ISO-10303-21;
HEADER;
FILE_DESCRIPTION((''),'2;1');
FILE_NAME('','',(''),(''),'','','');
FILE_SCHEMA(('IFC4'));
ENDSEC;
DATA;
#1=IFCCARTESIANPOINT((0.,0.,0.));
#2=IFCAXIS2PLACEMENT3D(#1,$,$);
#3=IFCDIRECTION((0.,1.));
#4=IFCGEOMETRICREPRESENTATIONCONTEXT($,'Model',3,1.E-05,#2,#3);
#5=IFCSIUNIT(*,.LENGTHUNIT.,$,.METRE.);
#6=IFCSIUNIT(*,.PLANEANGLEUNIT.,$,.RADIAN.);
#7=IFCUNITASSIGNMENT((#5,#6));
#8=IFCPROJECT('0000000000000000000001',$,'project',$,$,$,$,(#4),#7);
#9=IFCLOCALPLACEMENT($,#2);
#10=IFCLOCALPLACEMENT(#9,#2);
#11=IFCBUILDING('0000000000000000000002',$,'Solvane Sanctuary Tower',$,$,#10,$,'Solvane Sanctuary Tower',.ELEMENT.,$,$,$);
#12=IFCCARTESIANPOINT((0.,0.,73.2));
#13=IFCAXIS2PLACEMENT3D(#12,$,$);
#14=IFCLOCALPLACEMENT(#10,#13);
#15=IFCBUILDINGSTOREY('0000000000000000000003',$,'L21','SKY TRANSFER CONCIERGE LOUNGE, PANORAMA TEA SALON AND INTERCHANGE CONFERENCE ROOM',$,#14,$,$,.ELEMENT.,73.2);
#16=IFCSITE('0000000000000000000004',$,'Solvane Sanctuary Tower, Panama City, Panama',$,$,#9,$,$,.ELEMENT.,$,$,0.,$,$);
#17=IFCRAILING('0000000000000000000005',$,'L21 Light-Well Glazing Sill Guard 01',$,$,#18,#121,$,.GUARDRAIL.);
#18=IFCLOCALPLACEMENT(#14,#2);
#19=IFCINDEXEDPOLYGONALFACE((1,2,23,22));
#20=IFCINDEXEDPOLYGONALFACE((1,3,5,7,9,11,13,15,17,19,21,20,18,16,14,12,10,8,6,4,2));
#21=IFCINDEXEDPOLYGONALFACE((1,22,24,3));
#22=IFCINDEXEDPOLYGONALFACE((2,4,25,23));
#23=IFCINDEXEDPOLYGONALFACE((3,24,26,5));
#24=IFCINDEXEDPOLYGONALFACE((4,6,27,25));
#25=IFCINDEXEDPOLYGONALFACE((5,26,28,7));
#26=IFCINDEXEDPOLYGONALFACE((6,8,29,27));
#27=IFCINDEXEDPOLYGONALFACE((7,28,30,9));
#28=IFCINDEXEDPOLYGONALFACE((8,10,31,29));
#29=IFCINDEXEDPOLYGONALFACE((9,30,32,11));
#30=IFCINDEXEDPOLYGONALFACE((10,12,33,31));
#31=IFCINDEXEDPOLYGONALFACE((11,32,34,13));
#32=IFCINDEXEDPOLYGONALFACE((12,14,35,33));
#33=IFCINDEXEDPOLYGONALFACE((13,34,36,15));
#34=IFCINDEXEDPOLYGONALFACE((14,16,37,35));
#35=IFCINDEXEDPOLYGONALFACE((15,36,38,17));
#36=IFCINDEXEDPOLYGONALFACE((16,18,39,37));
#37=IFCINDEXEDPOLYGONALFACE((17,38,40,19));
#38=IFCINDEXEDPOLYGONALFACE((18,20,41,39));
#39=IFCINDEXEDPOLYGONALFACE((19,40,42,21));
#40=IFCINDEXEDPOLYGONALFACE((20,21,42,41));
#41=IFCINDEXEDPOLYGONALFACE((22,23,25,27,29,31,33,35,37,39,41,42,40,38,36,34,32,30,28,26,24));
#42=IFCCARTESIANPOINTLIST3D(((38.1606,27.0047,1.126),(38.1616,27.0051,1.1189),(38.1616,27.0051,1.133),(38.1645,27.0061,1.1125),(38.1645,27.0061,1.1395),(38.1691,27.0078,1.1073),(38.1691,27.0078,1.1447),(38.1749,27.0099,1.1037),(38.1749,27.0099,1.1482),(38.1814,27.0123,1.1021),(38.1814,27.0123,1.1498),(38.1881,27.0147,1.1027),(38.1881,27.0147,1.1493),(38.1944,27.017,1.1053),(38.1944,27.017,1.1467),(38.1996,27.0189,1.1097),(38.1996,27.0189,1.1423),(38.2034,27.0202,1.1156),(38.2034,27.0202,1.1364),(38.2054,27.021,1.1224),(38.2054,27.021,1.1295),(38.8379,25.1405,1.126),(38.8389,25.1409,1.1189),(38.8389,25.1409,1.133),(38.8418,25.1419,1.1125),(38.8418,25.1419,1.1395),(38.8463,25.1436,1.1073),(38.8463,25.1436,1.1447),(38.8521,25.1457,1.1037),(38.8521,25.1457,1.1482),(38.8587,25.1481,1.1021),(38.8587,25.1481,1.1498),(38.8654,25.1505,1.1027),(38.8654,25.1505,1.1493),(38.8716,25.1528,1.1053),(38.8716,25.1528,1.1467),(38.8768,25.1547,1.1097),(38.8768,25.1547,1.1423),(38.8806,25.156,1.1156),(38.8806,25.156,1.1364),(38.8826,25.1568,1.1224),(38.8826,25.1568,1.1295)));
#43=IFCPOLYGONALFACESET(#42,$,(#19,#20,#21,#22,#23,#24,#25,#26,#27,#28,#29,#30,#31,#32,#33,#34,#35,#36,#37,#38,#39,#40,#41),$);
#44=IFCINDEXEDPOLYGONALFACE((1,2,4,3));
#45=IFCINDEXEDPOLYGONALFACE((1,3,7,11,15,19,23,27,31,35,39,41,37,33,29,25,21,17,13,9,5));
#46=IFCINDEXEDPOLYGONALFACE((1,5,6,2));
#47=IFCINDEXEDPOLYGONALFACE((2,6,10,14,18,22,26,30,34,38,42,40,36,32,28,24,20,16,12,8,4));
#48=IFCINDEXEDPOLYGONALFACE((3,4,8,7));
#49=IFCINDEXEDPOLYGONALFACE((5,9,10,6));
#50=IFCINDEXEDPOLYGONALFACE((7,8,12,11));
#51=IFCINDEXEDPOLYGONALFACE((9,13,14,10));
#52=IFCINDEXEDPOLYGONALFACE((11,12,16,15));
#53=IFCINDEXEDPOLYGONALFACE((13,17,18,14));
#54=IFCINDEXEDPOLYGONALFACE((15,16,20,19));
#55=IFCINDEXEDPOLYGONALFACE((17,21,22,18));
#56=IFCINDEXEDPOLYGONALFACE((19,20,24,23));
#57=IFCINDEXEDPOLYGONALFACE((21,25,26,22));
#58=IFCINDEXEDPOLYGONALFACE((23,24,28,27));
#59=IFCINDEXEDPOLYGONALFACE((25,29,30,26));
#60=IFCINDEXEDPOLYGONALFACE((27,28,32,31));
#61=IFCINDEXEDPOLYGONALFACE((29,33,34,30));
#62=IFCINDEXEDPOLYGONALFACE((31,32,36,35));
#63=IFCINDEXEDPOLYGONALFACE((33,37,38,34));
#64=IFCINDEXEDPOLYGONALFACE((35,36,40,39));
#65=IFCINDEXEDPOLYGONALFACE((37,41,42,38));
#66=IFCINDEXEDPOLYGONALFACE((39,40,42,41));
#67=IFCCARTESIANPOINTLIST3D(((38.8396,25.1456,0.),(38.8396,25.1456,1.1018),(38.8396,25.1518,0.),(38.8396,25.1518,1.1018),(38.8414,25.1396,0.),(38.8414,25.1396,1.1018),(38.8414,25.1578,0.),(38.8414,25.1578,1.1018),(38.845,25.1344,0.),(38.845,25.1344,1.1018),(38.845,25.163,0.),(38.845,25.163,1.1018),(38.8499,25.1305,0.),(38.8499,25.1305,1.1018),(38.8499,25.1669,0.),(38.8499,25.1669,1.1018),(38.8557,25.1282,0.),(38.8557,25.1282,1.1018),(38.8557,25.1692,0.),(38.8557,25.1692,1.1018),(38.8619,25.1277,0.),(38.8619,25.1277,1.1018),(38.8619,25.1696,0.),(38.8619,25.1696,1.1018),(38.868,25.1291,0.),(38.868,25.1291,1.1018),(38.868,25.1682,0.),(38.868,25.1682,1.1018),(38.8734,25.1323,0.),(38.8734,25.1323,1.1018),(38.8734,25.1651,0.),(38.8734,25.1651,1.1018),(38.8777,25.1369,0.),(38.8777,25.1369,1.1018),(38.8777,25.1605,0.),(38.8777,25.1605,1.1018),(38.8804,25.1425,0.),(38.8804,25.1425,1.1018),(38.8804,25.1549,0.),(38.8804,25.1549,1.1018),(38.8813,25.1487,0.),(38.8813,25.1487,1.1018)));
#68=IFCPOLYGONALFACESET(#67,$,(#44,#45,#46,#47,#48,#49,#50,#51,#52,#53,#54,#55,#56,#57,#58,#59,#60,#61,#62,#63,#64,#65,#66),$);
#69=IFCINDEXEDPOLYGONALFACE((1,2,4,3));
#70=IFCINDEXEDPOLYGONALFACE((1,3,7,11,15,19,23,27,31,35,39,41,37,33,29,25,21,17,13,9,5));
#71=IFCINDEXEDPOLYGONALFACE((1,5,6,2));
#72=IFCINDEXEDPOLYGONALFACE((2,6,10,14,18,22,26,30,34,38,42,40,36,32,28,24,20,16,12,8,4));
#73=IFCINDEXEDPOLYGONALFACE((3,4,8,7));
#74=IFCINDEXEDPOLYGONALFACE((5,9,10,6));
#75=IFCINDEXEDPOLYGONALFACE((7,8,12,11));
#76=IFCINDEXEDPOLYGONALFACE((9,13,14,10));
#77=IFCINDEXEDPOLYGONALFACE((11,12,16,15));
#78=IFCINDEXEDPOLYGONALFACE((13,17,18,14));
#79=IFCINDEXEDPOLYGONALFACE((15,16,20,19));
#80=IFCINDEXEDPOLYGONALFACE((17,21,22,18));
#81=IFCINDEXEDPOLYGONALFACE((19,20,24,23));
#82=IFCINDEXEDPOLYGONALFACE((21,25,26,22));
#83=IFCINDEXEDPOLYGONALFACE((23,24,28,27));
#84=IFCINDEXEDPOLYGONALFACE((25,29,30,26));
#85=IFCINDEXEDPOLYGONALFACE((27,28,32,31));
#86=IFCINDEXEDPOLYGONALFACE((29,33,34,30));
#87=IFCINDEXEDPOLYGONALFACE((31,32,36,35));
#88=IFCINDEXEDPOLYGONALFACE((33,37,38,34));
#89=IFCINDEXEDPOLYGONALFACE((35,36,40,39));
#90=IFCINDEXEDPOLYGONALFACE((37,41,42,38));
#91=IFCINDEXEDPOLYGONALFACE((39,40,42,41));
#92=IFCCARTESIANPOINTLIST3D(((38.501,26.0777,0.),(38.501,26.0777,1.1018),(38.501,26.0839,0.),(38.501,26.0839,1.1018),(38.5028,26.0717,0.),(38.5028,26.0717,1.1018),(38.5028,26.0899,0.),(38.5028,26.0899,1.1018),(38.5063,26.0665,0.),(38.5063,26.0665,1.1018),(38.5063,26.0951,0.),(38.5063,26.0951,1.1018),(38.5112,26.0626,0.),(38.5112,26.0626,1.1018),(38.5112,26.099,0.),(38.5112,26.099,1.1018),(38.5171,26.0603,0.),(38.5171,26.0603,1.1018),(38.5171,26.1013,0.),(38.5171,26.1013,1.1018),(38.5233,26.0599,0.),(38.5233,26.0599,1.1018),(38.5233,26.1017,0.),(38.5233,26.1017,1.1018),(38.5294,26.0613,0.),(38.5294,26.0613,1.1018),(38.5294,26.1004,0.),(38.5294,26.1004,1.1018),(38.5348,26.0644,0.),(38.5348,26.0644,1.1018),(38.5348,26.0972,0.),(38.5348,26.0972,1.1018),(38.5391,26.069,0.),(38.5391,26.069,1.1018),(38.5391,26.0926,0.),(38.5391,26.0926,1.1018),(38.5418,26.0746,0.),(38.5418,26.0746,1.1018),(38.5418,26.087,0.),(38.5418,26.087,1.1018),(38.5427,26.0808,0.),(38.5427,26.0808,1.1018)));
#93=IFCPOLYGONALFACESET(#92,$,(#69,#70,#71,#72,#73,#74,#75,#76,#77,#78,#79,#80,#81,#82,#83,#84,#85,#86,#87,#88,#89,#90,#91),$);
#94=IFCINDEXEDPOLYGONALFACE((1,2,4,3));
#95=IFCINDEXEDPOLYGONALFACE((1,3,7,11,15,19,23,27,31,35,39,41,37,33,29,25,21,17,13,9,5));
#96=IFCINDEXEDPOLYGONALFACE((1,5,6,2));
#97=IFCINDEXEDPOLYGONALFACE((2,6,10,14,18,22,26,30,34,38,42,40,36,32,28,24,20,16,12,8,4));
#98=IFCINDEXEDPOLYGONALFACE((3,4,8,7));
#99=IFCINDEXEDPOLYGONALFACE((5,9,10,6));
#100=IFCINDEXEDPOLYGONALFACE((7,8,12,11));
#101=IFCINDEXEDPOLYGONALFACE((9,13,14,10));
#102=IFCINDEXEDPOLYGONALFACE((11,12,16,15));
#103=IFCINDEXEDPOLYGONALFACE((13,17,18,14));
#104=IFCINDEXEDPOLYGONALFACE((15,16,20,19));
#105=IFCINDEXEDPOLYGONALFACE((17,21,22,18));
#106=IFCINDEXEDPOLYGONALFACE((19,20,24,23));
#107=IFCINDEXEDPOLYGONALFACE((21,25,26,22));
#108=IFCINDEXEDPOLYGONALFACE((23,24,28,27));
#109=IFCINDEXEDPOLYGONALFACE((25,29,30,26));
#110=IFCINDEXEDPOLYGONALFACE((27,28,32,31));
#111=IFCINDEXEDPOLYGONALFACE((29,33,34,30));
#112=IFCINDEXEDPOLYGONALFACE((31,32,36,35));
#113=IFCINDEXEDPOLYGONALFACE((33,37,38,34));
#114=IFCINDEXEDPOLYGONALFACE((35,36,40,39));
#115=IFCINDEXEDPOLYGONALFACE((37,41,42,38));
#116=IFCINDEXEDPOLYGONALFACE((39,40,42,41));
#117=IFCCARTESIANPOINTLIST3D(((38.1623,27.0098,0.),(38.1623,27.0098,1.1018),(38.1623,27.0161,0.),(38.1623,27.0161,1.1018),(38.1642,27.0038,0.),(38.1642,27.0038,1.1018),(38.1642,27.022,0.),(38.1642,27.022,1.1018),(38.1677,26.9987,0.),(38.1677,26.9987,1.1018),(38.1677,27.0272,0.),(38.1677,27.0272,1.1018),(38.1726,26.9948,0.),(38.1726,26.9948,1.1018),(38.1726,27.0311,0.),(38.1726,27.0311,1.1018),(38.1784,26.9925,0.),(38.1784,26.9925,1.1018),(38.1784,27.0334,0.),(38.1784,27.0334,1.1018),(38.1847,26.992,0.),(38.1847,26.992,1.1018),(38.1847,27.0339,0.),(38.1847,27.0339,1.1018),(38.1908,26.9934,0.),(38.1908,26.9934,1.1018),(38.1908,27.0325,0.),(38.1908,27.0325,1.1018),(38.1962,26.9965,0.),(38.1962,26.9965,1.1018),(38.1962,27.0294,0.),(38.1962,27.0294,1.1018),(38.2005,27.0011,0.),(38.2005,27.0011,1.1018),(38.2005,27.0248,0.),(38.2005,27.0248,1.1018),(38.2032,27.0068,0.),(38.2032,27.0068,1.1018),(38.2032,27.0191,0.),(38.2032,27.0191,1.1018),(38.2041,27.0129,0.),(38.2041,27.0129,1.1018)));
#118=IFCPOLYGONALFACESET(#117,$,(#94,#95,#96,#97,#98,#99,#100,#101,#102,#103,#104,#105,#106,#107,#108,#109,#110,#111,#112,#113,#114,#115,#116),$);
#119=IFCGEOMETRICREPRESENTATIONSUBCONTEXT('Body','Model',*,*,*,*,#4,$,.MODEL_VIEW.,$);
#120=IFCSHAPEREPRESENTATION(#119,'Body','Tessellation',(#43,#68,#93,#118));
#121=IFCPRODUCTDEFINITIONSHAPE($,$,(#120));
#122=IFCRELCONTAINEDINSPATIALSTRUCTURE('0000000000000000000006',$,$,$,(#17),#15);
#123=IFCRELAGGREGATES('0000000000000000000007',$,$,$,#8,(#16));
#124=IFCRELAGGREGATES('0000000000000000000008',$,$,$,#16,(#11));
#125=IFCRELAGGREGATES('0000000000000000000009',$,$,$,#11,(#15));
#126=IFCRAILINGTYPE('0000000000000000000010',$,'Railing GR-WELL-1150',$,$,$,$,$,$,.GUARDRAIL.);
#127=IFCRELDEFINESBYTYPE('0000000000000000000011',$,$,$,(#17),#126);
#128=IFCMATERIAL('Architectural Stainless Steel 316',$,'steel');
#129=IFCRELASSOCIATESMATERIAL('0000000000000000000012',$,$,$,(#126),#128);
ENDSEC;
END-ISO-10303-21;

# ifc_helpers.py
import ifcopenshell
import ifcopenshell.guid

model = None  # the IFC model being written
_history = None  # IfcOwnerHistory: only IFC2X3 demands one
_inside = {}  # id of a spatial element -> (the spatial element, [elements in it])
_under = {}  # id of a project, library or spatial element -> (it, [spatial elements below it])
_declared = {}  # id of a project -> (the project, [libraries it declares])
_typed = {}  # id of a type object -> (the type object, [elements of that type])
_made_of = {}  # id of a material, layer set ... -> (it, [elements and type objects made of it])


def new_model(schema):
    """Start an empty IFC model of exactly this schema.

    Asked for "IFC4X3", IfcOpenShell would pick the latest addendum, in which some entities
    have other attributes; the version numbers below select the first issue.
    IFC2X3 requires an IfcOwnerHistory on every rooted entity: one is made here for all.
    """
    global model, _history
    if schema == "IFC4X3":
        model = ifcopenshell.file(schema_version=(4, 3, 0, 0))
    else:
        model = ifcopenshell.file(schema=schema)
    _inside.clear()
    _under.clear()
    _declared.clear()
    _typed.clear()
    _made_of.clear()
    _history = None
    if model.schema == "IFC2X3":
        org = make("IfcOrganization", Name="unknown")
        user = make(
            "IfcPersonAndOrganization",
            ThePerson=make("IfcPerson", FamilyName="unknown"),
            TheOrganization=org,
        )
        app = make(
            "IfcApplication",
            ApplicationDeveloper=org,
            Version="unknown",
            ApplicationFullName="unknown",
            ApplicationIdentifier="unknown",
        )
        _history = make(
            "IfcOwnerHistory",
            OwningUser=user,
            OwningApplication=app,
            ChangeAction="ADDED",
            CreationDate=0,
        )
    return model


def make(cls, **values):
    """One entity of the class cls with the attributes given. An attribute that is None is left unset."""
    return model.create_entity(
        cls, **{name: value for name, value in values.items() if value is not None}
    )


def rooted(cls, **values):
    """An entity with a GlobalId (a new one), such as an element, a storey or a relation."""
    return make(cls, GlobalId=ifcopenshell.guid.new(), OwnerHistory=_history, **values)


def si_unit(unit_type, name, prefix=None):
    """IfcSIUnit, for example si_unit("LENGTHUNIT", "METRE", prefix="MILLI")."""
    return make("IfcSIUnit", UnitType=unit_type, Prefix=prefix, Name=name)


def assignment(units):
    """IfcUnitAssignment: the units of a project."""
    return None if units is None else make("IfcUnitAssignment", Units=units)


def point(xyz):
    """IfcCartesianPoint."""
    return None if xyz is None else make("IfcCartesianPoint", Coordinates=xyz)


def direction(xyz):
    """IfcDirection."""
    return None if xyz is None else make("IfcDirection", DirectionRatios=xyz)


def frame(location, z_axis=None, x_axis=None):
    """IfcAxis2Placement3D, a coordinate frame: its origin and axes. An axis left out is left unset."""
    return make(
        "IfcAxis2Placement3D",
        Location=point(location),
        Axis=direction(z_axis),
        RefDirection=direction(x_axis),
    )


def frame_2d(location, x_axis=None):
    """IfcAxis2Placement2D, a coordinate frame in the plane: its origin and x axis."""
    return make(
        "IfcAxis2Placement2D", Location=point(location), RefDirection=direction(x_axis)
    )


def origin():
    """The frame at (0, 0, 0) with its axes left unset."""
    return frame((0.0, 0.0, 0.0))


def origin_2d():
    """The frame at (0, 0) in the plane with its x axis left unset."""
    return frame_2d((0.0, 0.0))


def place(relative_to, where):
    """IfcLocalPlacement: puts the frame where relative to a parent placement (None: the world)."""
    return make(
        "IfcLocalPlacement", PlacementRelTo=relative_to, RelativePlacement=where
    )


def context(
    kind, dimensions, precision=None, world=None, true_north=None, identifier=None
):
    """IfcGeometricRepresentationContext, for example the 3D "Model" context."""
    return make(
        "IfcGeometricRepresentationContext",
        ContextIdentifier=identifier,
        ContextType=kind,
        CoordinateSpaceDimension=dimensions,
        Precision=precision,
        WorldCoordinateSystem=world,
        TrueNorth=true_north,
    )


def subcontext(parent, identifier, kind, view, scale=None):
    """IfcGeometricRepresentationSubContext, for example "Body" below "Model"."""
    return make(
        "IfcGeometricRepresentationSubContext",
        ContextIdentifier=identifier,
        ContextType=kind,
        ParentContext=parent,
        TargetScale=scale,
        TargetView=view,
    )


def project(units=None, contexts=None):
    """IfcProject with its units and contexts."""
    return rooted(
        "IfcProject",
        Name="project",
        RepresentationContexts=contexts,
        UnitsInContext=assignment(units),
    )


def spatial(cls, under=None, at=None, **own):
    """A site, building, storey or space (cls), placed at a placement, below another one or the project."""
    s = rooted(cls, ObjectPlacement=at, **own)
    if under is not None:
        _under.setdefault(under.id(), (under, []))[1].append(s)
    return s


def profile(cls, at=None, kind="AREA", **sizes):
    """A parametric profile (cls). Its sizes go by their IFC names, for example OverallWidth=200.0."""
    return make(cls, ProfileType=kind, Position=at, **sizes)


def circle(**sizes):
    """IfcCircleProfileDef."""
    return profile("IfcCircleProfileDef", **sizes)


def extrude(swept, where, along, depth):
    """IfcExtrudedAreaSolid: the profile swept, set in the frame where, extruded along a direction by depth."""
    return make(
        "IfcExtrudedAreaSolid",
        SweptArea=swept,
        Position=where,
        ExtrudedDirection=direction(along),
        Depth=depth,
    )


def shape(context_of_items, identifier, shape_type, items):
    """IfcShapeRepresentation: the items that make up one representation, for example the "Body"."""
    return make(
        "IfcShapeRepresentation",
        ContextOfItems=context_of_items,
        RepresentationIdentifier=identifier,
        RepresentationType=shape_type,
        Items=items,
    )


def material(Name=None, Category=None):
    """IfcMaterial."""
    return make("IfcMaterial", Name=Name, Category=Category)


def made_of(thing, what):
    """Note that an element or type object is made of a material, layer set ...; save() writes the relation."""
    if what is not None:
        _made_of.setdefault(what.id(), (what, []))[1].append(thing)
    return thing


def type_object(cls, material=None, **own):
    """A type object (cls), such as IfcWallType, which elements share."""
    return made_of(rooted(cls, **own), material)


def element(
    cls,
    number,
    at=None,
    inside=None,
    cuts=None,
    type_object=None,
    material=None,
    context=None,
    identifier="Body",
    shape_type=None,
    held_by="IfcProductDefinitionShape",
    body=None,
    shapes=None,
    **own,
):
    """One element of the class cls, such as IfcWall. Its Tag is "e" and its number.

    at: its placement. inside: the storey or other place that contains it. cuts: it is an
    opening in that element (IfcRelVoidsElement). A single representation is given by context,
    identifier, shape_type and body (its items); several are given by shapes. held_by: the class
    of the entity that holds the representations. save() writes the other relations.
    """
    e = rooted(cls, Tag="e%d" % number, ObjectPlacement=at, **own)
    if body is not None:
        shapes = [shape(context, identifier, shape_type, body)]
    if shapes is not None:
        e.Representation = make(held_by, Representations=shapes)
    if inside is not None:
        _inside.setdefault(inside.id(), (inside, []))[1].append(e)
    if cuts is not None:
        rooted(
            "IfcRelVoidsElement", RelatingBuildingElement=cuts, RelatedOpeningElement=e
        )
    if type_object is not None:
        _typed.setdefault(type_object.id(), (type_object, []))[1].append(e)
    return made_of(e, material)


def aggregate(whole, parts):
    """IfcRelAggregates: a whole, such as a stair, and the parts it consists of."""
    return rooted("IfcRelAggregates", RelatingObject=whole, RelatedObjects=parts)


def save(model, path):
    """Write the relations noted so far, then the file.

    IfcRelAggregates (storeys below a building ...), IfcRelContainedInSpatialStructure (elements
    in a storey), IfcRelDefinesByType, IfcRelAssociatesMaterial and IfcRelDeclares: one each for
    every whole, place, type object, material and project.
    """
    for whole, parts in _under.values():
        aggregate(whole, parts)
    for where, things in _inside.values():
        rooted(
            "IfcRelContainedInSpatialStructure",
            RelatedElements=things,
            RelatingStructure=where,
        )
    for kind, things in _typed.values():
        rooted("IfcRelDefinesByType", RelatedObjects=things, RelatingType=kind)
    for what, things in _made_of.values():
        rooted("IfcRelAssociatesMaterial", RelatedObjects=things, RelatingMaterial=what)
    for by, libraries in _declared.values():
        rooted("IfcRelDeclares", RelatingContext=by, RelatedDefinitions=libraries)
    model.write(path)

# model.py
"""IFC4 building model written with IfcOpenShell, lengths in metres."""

from ifc_helpers import new_model, si_unit, direction, frame, origin, origin_2d, place, context, subcontext, project, spatial, circle, extrude, material, type_object, element, save


model = new_model("IFC4")

# Units and contexts
model_context = context("Model", 3, precision=1e-05, world=origin(), true_north=direction((0.0, 1.0)))
body_context = subcontext(model_context, "Body", "Model", "MODEL_VIEW")
ifc_project = project(units=[si_unit("LENGTHUNIT", "METRE"), si_unit("PLANEANGLEUNIT", "RADIAN")], contexts=[model_context])

# Site, building, storey
site_placement = place(None, origin())
site = spatial("IfcSite", under=ifc_project, at=site_placement, Name="Solvane Sanctuary Tower, Panama City, Panama", CompositionType="ELEMENT", RefElevation=0.0)
building_placement = place(site_placement, origin())
building = spatial("IfcBuilding", under=site, at=building_placement, Name="Solvane Sanctuary Tower", LongName="Solvane Sanctuary Tower", CompositionType="ELEMENT")
storey_placement = place(building_placement, frame((0.0, 0.0, 73.2)))
storey = spatial("IfcBuildingStorey", under=building, at=storey_placement, Name="L21", Description="SKY TRANSFER CONCIERGE LOUNGE, PANORAMA TEA SALON AND INTERCHANGE CONFERENCE ROOM", CompositionType="ELEMENT", Elevation=73.2)

# Railing
ifc_material_1 = material(Name="Architectural Stainless Steel 316", Category="steel")
railing_type = type_object("IfcRailingType", Name="Railing GR-WELL-1150", PredefinedType="GUARDRAIL", material=ifc_material_1)
railing_placement = place(storey_placement, frame((38.8604, 25.1487, 0.0)))
element("IfcRailing", 1, at=railing_placement, inside=storey, type_object=railing_type, Name="L21 Light-Well Glazing Sill Guard 01", PredefinedType="GUARDRAIL", context=body_context, shape_type="SweptSolid", body=[
    extrude(circle(Radius=0.0239, at=origin_2d()), frame((0.0, 0.0, 1.126), z_axis=(-0.341447, 0.939901, 0.0), x_axis=(-0.939901, -0.341447, 0.0)), (0.0, 0.0, 1.0), 1.9834),
    extrude(circle(Radius=0.021, at=origin_2d()), origin(), (0.0, 0.0, 1.0), 1.1018),
    extrude(circle(Radius=0.021, at=origin_2d()), frame((-0.3386, 0.9321, 0.0)), (0.0, 0.0, 1.0), 1.1018),
    extrude(circle(Radius=0.021, at=origin_2d()), frame((-0.6772, 1.8643, 0.0)), (0.0, 0.0, 1.0), 1.1018),
])

save(model, "model.ifc")
